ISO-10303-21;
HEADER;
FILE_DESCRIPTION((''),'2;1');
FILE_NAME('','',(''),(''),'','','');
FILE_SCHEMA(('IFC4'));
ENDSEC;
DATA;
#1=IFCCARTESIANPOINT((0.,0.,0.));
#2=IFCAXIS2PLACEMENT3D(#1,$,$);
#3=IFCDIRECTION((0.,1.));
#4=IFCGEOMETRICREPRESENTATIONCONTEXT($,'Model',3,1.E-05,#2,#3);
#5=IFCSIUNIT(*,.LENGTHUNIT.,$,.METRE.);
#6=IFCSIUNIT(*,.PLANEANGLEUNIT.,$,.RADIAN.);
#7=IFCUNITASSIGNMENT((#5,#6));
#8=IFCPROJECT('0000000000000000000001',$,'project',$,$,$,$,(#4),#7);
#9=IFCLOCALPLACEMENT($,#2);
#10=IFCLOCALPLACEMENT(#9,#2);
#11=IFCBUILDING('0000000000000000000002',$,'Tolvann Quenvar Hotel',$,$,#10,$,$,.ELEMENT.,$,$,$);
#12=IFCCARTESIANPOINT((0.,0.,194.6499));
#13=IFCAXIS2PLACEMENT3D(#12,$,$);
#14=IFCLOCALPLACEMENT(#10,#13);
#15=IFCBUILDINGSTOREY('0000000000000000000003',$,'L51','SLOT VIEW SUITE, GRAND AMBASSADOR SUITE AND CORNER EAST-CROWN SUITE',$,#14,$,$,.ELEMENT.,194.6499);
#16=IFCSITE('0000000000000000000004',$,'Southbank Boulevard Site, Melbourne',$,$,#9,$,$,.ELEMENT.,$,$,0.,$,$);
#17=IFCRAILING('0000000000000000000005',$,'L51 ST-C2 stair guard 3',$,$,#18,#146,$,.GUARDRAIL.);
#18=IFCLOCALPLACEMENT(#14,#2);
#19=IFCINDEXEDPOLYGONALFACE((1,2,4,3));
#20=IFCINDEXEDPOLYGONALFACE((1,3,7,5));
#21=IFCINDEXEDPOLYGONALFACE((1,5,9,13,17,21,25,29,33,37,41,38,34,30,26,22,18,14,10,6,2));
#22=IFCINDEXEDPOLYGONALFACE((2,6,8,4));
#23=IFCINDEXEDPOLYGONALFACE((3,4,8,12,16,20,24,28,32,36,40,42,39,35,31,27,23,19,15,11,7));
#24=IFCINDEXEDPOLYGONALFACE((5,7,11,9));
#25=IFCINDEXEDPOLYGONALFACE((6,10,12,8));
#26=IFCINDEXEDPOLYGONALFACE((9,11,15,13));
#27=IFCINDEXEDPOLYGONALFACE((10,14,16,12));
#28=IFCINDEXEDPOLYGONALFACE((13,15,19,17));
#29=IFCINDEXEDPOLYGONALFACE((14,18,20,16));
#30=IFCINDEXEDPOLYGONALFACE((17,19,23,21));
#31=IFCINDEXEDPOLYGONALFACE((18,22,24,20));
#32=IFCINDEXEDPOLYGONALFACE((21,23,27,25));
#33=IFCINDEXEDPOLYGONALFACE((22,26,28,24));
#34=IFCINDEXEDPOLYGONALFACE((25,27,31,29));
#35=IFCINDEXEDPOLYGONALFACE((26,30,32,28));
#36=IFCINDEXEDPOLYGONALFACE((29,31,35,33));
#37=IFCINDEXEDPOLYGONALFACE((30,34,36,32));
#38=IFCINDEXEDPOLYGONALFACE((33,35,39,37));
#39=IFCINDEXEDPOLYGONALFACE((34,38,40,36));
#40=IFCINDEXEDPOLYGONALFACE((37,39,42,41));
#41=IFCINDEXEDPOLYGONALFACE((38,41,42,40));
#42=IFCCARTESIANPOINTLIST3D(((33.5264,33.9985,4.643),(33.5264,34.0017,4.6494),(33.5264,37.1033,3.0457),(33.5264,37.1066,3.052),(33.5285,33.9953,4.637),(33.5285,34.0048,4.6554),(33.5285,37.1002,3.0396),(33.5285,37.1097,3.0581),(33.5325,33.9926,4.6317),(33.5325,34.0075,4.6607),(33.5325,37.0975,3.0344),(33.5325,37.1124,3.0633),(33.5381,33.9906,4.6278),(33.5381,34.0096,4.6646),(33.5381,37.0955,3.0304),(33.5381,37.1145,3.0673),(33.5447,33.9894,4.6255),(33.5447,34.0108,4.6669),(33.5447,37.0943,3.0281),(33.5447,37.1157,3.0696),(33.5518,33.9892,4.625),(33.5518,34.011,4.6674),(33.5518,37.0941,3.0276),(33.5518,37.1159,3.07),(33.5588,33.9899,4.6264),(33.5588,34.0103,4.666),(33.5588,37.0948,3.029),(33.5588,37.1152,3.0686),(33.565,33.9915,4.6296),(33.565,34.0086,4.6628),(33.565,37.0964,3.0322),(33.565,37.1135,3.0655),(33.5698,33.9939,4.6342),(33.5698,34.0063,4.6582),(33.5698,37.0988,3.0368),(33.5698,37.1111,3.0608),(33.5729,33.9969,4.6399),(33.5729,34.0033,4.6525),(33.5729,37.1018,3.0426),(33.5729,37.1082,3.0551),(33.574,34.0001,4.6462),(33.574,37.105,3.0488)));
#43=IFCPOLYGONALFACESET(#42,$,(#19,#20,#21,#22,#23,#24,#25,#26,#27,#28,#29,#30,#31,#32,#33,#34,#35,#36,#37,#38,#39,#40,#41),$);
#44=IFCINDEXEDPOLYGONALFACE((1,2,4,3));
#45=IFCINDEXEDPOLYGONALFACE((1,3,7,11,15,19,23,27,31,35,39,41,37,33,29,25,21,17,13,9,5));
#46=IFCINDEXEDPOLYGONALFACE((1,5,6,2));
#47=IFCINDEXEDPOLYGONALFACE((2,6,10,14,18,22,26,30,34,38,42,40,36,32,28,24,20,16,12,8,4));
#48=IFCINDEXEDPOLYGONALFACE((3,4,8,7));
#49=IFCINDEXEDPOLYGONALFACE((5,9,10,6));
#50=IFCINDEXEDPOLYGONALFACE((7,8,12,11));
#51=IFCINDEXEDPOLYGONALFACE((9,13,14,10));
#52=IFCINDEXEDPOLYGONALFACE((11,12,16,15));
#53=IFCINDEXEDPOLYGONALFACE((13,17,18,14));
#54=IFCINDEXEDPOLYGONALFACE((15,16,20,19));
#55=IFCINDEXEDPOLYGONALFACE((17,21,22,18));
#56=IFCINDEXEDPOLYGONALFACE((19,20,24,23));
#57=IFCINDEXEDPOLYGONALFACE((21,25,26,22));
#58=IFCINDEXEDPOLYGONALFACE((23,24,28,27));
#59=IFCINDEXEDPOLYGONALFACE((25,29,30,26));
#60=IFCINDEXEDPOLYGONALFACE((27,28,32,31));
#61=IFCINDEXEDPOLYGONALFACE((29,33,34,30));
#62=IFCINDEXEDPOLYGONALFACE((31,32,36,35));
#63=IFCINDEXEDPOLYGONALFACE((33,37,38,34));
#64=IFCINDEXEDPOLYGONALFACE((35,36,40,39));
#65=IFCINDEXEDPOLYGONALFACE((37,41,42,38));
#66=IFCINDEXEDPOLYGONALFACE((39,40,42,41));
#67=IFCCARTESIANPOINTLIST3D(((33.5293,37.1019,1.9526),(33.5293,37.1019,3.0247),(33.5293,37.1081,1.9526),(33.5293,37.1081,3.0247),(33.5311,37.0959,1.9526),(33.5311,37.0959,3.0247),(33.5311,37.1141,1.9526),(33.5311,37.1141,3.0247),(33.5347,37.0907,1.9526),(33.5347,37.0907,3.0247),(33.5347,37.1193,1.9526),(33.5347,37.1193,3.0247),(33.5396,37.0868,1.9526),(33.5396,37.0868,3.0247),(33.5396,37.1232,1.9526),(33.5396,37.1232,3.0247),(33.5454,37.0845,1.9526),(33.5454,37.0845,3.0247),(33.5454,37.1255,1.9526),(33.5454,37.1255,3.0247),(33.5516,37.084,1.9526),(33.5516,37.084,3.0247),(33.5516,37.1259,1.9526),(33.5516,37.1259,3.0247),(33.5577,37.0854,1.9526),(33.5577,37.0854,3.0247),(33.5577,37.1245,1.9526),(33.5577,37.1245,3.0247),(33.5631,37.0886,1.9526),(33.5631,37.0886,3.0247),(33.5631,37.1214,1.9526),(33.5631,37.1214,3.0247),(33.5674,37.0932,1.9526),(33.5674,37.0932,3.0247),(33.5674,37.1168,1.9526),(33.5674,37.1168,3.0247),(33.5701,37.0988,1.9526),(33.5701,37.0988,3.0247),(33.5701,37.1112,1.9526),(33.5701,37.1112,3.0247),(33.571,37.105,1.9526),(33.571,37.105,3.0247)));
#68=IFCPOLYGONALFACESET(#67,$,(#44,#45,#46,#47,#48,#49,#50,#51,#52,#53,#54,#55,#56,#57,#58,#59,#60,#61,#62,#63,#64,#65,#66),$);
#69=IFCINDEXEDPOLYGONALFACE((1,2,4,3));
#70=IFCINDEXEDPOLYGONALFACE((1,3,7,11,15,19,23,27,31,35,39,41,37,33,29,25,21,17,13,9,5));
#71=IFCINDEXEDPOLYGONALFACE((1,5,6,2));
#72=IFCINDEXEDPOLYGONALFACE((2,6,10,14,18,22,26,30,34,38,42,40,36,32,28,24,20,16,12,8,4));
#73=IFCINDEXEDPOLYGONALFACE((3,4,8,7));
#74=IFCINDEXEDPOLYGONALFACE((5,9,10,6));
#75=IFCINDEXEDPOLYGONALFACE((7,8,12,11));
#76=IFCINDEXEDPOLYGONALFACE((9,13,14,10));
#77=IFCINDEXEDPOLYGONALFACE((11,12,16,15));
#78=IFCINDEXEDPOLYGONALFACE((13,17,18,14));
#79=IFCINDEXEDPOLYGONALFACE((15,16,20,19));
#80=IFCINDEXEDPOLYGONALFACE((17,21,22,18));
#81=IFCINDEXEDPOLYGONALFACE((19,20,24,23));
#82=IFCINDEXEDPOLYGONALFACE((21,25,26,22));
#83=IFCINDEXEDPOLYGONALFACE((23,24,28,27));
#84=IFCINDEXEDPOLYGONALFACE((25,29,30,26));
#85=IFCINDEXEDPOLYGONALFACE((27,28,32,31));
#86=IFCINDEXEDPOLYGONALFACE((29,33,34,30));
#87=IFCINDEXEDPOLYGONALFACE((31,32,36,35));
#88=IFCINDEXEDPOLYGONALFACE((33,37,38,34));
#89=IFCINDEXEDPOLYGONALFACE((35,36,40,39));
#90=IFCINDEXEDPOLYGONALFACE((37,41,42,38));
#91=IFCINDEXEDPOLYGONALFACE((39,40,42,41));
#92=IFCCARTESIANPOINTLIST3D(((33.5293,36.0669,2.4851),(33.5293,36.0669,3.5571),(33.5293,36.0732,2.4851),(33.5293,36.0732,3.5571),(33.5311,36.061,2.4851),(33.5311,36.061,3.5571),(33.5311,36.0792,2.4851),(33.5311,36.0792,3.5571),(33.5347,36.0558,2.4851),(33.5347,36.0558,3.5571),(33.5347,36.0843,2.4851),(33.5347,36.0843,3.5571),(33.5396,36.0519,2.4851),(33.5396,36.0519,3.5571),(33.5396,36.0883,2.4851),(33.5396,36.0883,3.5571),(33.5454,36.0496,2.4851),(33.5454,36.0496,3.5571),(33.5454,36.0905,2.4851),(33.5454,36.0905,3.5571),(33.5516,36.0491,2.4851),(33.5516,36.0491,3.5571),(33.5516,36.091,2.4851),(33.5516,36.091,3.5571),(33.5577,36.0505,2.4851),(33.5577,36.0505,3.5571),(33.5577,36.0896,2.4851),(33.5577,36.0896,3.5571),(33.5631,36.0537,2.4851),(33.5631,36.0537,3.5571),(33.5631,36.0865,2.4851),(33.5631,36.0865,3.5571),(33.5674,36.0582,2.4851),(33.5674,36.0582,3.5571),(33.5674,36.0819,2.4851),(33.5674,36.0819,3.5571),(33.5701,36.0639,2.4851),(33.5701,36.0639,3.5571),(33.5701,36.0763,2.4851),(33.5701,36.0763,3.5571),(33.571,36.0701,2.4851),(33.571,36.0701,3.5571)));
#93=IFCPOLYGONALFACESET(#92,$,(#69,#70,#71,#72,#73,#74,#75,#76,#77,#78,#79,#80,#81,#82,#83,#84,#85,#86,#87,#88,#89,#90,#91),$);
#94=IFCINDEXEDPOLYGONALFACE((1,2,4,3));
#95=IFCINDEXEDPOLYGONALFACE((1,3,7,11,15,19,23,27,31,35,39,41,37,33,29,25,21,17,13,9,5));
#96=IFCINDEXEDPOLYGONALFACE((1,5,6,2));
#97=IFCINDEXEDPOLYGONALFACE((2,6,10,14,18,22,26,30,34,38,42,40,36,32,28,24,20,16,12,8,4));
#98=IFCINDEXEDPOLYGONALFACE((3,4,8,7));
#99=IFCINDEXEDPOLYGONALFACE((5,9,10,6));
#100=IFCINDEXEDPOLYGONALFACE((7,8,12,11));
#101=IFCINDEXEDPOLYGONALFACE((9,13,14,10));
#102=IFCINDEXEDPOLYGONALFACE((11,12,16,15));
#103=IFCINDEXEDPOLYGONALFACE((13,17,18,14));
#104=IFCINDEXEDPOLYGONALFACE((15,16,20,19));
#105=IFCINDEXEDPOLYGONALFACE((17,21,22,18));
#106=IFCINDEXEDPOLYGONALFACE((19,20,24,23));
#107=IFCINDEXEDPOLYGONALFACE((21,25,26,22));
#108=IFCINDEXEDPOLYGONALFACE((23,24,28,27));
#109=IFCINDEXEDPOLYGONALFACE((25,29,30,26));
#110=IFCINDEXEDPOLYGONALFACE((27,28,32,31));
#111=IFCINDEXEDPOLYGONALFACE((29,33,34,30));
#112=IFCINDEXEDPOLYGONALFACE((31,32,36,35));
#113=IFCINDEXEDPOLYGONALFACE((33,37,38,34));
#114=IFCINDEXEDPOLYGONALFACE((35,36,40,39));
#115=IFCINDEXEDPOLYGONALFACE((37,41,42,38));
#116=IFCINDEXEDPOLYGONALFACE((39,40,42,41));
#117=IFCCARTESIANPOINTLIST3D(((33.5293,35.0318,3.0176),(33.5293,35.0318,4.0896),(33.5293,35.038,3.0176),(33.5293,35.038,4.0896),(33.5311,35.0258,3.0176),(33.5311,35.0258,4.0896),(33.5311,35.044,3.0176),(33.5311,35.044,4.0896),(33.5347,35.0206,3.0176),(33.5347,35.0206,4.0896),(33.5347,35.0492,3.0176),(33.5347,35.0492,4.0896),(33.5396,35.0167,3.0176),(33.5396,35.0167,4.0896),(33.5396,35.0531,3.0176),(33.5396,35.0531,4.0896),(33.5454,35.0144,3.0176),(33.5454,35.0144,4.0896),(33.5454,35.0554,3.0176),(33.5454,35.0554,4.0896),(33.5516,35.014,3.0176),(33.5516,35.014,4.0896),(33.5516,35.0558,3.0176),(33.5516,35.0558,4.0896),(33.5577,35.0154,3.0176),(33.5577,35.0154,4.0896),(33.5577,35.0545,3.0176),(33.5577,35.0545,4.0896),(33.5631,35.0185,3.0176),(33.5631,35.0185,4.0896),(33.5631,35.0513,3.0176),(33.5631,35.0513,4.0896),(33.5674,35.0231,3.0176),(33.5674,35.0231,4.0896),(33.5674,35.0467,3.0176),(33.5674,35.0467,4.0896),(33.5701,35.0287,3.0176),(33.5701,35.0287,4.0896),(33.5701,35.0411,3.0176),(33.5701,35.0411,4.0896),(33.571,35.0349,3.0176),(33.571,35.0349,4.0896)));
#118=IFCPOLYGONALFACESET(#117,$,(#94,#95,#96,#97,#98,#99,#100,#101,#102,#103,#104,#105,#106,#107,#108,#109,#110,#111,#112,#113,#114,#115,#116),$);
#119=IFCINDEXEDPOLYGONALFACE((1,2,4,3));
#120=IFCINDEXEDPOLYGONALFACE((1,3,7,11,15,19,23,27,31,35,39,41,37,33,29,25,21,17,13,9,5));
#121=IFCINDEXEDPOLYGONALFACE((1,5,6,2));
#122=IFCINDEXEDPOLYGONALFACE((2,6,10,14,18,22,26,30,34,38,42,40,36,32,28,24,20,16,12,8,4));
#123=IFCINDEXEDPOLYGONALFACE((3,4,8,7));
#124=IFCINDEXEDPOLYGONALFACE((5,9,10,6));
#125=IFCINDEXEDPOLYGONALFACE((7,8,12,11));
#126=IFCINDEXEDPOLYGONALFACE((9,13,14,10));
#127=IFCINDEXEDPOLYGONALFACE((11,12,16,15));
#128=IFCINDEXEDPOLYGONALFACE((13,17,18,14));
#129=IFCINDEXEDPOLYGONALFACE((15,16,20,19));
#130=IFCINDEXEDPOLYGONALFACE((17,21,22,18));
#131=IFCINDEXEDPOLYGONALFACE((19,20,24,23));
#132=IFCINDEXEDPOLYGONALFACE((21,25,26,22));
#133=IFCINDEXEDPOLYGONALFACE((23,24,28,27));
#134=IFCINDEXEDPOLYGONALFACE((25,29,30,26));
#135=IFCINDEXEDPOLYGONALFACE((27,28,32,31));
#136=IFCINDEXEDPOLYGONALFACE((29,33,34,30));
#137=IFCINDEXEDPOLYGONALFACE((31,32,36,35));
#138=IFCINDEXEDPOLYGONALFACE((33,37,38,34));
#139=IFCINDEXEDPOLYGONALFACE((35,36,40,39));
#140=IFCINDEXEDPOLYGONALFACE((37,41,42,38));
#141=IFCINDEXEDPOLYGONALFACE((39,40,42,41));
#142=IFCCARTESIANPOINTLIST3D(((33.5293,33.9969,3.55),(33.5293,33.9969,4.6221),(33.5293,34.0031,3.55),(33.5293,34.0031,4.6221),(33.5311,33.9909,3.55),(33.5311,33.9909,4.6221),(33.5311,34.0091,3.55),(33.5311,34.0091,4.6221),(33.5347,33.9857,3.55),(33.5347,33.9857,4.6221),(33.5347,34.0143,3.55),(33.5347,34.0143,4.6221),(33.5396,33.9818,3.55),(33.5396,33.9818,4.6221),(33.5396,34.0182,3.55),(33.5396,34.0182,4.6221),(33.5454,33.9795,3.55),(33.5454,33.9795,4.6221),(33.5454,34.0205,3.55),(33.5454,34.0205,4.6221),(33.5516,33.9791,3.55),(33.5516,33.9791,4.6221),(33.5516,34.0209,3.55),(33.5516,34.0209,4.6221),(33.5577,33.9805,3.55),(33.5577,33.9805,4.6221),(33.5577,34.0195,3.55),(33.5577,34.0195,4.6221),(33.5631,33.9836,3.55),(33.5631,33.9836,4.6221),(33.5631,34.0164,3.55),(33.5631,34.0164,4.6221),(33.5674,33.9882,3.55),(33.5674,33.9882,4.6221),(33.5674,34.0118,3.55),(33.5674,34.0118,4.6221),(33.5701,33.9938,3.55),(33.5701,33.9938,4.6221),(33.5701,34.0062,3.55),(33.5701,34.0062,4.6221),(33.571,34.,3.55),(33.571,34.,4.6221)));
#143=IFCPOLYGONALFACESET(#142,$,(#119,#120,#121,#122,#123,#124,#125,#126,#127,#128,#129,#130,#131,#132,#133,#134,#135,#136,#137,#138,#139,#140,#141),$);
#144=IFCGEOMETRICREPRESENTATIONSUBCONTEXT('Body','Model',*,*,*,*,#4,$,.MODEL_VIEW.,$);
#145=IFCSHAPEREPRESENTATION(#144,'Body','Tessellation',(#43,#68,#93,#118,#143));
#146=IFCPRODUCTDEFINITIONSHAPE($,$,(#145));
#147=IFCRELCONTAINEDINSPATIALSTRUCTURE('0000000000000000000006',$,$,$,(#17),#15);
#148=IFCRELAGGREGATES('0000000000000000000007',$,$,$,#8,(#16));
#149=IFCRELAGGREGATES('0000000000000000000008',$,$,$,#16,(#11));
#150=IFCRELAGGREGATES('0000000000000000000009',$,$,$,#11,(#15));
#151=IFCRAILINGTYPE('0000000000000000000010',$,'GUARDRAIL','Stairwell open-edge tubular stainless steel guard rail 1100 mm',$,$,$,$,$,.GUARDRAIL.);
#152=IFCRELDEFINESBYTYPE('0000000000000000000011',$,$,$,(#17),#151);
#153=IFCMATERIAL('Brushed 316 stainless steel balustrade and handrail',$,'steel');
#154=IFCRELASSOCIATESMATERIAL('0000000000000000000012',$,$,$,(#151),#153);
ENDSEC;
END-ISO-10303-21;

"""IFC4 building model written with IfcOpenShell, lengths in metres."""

from ifc_helpers import new_model, si_unit, direction, frame, origin, origin_2d, place, context, subcontext, project, spatial, circle, extrude, material, type_object, element, save


model = new_model("IFC4")

# Units and contexts
model_context = context("Model", 3, precision=1e-05, world=origin(), true_north=direction((0.0, 1.0)))
body_context = subcontext(model_context, "Body", "Model", "MODEL_VIEW")
ifc_project = project(units=[si_unit("LENGTHUNIT", "METRE"), si_unit("PLANEANGLEUNIT", "RADIAN")], contexts=[model_context])

# Site, building, storey
site_placement = place(None, origin())
site = spatial("IfcSite", under=ifc_project, at=site_placement, Name="Southbank Boulevard Site, Melbourne", CompositionType="ELEMENT", RefElevation=0.0)
building_placement = place(site_placement, origin())
building = spatial("IfcBuilding", under=site, at=building_placement, Name="Tolvann Quenvar Hotel", CompositionType="ELEMENT")
storey_placement = place(building_placement, frame((0.0, 0.0, 194.6499)))
storey = spatial("IfcBuildingStorey", under=building, at=storey_placement, Name="L51", Description="SLOT VIEW SUITE, GRAND AMBASSADOR SUITE AND CORNER EAST-CROWN SUITE", CompositionType="ELEMENT", Elevation=194.6499)

# Railing
ifc_material_1 = material(Name="Brushed 316 stainless steel balustrade and handrail", Category="steel")
railing_type_1 = type_object("IfcRailingType", Name="GUARDRAIL", Description="Stairwell open-edge tubular stainless steel guard rail 1100 mm", PredefinedType="GUARDRAIL", material=ifc_material_1)
railing_1_placement = place(storey_placement, frame((33.55, 37.105, 1.9526)))
element("IfcRailing", 1, at=railing_1_placement, inside=storey, type_object=railing_type_1, Name="L51 ST-C2 stair guard 3", PredefinedType="GUARDRAIL", context=body_context, shape_type="SweptSolid", body=[
    extrude(circle(Radius=0.0239, at=origin_2d()), frame((0.0, 0.0, 1.0962), z_axis=(0.0, -0.889222, 0.457476), x_axis=(1.0, 0.0, 0.0)), (0.0, 0.0, 1.0), 3.4917),
    extrude(circle(Radius=0.021, at=origin_2d()), origin(), (0.0, 0.0, 1.0), 1.072),
    extrude(circle(Radius=0.021, at=origin_2d()), frame((0.0, -1.0349, 0.5325)), (0.0, 0.0, 1.0), 1.072),
    extrude(circle(Radius=0.021, at=origin_2d()), frame((0.0, -2.0701, 1.0649)), (0.0, 0.0, 1.0), 1.072),
    extrude(circle(Radius=0.021, at=origin_2d()), frame((0.0, -3.105, 1.5974)), (0.0, 0.0, 1.0), 1.072),
])

save(model, "model.ifc")
